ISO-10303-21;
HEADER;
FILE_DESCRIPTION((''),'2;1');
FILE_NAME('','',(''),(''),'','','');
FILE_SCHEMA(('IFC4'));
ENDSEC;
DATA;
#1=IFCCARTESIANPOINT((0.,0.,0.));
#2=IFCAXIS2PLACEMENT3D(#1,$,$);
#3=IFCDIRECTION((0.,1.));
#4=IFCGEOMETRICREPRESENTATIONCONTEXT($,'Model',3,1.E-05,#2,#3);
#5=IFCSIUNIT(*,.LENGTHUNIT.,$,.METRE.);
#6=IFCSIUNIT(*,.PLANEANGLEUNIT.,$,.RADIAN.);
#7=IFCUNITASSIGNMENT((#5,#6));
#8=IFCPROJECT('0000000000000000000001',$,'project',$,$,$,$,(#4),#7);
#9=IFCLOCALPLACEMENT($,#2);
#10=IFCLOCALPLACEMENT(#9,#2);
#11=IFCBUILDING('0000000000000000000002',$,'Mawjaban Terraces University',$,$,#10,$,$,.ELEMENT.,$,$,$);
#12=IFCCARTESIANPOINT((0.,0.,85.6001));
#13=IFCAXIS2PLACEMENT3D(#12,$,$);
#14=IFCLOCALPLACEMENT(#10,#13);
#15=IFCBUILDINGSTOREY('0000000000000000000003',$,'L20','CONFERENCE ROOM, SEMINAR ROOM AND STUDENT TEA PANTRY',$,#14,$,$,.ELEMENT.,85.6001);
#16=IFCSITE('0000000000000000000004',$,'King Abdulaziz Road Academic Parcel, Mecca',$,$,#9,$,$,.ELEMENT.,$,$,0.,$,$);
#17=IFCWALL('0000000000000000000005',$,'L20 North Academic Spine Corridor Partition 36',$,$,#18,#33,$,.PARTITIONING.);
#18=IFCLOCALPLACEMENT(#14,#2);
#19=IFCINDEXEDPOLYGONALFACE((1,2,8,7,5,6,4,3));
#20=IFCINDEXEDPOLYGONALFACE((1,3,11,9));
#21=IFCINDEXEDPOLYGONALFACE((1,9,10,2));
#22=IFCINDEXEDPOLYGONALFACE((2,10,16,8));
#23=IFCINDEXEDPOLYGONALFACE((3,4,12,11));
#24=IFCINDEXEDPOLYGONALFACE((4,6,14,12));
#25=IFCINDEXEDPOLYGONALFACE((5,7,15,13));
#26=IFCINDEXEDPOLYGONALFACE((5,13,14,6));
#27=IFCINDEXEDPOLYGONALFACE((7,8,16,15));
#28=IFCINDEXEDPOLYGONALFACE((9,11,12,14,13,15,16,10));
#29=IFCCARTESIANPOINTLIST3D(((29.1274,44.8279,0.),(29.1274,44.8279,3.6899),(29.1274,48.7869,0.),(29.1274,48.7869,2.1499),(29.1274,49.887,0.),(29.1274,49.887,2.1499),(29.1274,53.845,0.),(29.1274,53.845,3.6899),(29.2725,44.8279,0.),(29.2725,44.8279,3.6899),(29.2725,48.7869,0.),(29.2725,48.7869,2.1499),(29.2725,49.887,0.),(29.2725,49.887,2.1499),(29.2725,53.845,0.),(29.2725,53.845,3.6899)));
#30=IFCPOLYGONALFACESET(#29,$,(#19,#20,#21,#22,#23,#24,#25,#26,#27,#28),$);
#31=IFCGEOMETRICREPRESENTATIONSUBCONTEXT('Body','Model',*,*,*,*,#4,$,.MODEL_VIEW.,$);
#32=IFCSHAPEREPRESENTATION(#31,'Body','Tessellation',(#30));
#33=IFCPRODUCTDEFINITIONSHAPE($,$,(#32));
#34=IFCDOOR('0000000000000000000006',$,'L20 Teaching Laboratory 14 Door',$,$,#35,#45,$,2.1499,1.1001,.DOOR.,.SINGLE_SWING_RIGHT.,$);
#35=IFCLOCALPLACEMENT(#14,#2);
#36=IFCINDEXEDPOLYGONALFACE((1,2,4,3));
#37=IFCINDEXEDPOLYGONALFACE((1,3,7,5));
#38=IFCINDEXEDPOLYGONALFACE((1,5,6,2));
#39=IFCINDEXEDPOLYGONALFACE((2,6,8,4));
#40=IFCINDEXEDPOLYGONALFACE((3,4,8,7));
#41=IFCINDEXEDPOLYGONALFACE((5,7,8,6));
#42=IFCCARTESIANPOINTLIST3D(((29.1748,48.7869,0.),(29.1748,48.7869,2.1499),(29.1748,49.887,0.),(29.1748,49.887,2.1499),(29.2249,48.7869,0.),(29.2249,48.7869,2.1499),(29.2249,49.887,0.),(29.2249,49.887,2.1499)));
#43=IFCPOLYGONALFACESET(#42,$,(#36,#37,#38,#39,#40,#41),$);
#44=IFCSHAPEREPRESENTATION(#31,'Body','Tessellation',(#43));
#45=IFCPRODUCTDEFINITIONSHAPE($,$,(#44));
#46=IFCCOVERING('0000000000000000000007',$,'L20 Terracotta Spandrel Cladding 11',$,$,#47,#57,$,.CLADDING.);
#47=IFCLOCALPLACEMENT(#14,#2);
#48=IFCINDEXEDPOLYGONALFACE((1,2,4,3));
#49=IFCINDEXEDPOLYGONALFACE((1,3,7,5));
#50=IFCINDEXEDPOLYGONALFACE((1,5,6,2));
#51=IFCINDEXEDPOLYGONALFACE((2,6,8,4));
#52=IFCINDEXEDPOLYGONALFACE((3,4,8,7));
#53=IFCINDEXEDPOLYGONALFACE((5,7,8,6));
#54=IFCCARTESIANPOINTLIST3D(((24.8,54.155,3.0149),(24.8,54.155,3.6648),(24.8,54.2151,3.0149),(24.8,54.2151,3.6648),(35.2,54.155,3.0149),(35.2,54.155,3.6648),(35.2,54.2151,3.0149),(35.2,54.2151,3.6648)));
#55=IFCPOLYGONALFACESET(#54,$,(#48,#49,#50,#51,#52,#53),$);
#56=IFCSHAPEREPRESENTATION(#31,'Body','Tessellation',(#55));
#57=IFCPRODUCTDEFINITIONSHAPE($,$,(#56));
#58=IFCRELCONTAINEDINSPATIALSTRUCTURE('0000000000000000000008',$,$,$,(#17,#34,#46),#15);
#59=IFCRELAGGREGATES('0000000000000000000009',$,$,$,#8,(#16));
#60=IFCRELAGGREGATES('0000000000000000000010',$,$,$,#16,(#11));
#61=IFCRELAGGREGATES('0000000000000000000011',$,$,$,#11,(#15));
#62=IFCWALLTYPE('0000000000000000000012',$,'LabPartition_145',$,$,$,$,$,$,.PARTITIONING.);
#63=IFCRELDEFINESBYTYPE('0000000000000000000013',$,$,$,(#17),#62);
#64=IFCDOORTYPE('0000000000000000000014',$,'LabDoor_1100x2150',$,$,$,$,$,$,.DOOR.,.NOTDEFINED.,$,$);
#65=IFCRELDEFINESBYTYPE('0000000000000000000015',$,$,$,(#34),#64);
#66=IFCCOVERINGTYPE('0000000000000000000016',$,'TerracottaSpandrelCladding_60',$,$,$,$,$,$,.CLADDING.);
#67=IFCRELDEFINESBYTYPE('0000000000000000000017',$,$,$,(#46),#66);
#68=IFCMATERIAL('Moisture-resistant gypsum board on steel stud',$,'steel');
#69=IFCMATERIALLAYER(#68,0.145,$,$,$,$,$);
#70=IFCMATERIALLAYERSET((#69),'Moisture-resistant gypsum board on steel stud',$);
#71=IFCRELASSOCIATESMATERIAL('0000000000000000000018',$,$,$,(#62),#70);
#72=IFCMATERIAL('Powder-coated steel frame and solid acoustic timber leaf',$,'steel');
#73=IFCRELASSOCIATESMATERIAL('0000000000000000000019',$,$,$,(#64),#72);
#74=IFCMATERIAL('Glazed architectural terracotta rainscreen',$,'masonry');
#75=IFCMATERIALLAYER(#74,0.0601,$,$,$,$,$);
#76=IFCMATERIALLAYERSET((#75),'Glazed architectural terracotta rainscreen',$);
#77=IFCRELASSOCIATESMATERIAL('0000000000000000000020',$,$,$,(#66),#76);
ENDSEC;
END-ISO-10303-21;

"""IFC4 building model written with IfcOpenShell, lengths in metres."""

from ifc_helpers import new_model, si_unit, direction, frame, frame_2d, origin, origin_2d, place, context, subcontext, project, spatial, rectangle, extrude, material, layer, layer_set, type_object, element, fill, save


model = new_model("IFC4")

# Units and contexts
model_context = context("Model", 3, precision=1e-05, world=origin(), true_north=direction((0.0, 1.0)))
body_context = subcontext(model_context, "Body", "Model", "MODEL_VIEW")
ifc_project = project(units=[si_unit("LENGTHUNIT", "METRE"), si_unit("PLANEANGLEUNIT", "RADIAN")], contexts=[model_context])

# Site, building, storey
site_placement = place(None, origin())
site = spatial("IfcSite", under=ifc_project, at=site_placement, Name="King Abdulaziz Road Academic Parcel, Mecca", CompositionType="ELEMENT", RefElevation=0.0)
building_placement = place(site_placement, origin())
building = spatial("IfcBuilding", under=site, at=building_placement, Name="Mawjaban Terraces University", CompositionType="ELEMENT")
storey_placement = place(building_placement, frame((0.0, 0.0, 85.6001)))
storey = spatial("IfcBuildingStorey", under=building, at=storey_placement, Name="L20", Description="CONFERENCE ROOM, SEMINAR ROOM AND STUDENT TEA PANTRY", CompositionType="ELEMENT", Elevation=85.6001)

# Shared definitions
ifc_material_1 = material(Name="Powder-coated steel frame and solid acoustic timber leaf", Category="steel")

# Shared definitions
ifc_material_2 = material(Name="Moisture-resistant gypsum board on steel stud", Category="steel")
ifc_layer_1 = layer(ifc_material_2, 0.145)
ifc_layer_set_1 = layer_set([ifc_layer_1], Name="Moisture-resistant gypsum board on steel stud")
wall_type_1 = type_object("IfcWallType", Name="LabPartition_145", PredefinedType="PARTITIONING", material=ifc_layer_set_1)

# Wall, opening, door
wall_1_placement = place(storey_placement, frame((29.2, 53.845, 0.0), z_axis=(0.0, 0.0, 1.0), x_axis=(0.0, -1.0, 0.0)))
wall_1 = element("IfcWall", 1, at=wall_1_placement, inside=storey, type_object=wall_type_1, Name="L20 North Academic Spine Corridor Partition 36", PredefinedType="PARTITIONING", context=body_context, shape_type="SweptSolid", body=[
    extrude(rectangle(XDim=9.0171, YDim=0.145, at=frame_2d((4.5085, 0.0))), origin(), (0.0, 0.0, 1.0), 3.6899),
])
opening_1_placement = place(wall_1_placement, frame((3.958, 0.0, 0.0)))
opening_1 = element("IfcOpeningElement", 2, at=opening_1_placement, cuts=wall_1, PredefinedType="OPENING", context=body_context, shape_type="SweptSolid", body=[
    extrude(rectangle(XDim=1.1001, YDim=2.1499, at=frame_2d((0.55, 1.075))), frame((0.0, 0.0825, 0.0), z_axis=(0.0, -1.0, 0.0), x_axis=(1.0, 0.0, 0.0)), (0.0, 0.0, 1.0), 0.165),
])
door_type_1 = type_object("IfcDoorType", Name="LabDoor_1100x2150", OperationType="NOTDEFINED", PredefinedType="DOOR", material=ifc_material_1)
door_1_placement = place(opening_1_placement, origin())
door_1 = element("IfcDoor", 3, at=door_1_placement, inside=storey, type_object=door_type_1, Name="L20 Teaching Laboratory 14 Door", OperationType="SINGLE_SWING_RIGHT", OverallHeight=2.1499, OverallWidth=1.1001, PredefinedType="DOOR", context=body_context, shape_type="SweptSolid", body=[
    extrude(rectangle(XDim=1.1001, YDim=2.1499, at=frame_2d((0.55, 1.075))), frame((0.0, 0.0249, 0.0), z_axis=(0.0, -1.0, 0.0), x_axis=(1.0, 0.0, 0.0)), (0.0, 0.0, 1.0), 0.05),
])
fill(opening_1, door_1)

# Covering
ifc_material_3 = material(Name="Glazed architectural terracotta rainscreen", Category="masonry")
ifc_layer_2 = layer(ifc_material_3, 0.0601)
ifc_layer_set_2 = layer_set([ifc_layer_2], Name="Glazed architectural terracotta rainscreen")
covering_type = type_object("IfcCoveringType", Name="TerracottaSpandrelCladding_60", PredefinedType="CLADDING", material=ifc_layer_set_2)
covering_placement = place(storey_placement, frame((30.0, 54.1851, 3.0149), z_axis=(0.0, 0.0, 1.0), x_axis=(-1.0, 0.0, 0.0)))
element("IfcCovering", 4, at=covering_placement, inside=storey, type_object=covering_type, Name="L20 Terracotta Spandrel Cladding 11", PredefinedType="CLADDING", context=body_context, shape_type="SweptSolid", body=[
    extrude(rectangle(XDim=10.3999, YDim=0.0601, at=origin_2d()), origin(), (0.0, 0.0, 1.0), 0.6499),
])

save(model, "model.ifc")
